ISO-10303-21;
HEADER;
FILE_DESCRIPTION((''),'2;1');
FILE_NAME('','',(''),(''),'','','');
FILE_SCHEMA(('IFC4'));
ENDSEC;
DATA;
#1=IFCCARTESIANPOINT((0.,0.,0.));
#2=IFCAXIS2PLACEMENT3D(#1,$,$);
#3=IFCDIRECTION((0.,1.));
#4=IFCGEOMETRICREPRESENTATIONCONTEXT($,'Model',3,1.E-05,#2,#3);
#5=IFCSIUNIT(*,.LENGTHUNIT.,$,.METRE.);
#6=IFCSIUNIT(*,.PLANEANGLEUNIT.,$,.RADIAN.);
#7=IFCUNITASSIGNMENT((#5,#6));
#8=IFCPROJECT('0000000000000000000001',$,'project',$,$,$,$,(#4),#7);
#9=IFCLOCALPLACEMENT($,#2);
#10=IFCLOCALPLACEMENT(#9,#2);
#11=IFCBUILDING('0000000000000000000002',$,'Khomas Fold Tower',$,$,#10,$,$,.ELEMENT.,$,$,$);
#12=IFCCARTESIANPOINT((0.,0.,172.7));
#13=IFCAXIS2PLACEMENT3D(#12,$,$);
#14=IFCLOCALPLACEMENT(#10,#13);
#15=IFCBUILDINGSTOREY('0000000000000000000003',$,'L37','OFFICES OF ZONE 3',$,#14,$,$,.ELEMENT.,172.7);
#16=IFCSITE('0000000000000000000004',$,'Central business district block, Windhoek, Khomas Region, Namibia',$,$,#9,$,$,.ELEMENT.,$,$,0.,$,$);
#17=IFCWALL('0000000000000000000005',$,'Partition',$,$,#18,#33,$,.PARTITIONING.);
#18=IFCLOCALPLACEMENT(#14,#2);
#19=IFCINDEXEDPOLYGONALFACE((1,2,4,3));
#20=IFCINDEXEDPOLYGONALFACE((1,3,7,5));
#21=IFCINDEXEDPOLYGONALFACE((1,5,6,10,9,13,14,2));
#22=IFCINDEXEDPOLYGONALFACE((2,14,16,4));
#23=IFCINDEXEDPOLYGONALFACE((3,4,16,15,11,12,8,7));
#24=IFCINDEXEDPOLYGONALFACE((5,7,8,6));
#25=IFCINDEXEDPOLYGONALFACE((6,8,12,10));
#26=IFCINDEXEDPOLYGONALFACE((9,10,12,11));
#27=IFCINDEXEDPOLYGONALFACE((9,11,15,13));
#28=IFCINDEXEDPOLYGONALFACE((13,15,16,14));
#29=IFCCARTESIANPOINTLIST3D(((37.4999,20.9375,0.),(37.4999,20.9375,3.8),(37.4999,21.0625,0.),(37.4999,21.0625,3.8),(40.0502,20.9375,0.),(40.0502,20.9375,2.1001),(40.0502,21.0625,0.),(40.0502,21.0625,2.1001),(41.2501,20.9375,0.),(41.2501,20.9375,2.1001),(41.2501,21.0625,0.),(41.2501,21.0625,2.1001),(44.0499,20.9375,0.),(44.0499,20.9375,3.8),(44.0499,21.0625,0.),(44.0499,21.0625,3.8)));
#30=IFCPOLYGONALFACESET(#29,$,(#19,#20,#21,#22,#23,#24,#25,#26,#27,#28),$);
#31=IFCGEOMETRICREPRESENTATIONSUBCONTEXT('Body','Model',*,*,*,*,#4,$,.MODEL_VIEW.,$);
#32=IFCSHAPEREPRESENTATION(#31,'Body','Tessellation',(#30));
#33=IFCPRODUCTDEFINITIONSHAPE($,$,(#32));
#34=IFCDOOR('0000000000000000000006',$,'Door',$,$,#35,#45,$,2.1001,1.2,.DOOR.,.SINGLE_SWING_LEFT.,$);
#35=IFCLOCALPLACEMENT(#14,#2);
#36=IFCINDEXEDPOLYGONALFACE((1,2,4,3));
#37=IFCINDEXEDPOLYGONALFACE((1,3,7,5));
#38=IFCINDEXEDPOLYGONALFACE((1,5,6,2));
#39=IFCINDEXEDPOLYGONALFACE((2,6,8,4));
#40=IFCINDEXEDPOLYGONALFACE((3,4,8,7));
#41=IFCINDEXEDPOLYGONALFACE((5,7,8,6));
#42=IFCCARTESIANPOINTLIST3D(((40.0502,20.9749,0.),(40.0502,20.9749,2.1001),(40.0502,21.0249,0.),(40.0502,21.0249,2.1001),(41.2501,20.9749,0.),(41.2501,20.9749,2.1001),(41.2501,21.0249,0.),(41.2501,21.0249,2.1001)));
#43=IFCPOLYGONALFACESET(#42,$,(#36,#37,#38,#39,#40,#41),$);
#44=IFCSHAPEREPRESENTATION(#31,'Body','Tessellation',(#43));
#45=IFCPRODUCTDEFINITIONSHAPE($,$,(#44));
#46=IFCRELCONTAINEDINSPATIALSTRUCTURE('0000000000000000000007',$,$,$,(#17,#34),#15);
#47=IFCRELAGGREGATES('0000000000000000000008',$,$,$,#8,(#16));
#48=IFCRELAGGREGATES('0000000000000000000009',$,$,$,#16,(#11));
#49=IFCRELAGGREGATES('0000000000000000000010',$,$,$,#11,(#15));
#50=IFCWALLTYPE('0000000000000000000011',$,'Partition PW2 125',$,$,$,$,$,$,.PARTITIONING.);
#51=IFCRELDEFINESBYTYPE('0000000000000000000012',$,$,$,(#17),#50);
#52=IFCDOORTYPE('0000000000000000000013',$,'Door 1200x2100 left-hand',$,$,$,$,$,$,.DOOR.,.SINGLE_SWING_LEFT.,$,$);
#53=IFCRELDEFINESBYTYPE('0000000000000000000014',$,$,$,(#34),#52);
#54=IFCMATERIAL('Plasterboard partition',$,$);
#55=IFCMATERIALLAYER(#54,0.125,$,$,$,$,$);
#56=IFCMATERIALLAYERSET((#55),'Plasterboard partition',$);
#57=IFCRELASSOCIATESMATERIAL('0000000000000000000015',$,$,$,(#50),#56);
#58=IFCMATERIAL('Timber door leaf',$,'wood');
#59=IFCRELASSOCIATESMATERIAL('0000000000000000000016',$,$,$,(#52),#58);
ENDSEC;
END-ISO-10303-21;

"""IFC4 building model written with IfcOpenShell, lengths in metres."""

from ifc_helpers import new_model, si_unit, direction, frame, frame_2d, origin, place, context, subcontext, project, spatial, rectangle, extrude, source, transform, mapped, material, layer, layer_set, type_object, element, fill, save


model = new_model("IFC4")

# Units and contexts
model_context = context("Model", 3, precision=1e-05, world=origin(), true_north=direction((0.0, 1.0)))
body_context = subcontext(model_context, "Body", "Model", "MODEL_VIEW")
ifc_project = project(units=[si_unit("LENGTHUNIT", "METRE"), si_unit("PLANEANGLEUNIT", "RADIAN")], contexts=[model_context])

# Site, building, storey
site_placement = place(None, origin())
site = spatial("IfcSite", under=ifc_project, at=site_placement, Name="Central business district block, Windhoek, Khomas Region, Namibia", CompositionType="ELEMENT", RefElevation=0.0)
building_placement = place(site_placement, origin())
building = spatial("IfcBuilding", under=site, at=building_placement, Name="Khomas Fold Tower", CompositionType="ELEMENT")
storey_placement = place(building_placement, frame((0.0, 0.0, 172.7)))
storey = spatial("IfcBuildingStorey", under=building, at=storey_placement, Name="L37", Description="OFFICES OF ZONE 3", CompositionType="ELEMENT", Elevation=172.7)

# Shared definitions
ifc_material_1 = material(Name="Plasterboard partition")
ifc_layer_1 = layer(ifc_material_1, 0.125)
ifc_layer_set_1 = layer_set([ifc_layer_1], Name="Plasterboard partition")
wall_type_1 = type_object("IfcWallType", Name="Partition PW2 125", PredefinedType="PARTITIONING", material=ifc_layer_set_1)

# Wall, opening, door
shared_shape_1 = source(origin(), body_context, "Body", "SweptSolid", [
    extrude(rectangle(XDim=6.55, YDim=0.125, at=frame_2d((3.2749, 0.0))), origin(), (0.0, 0.0, 1.0), 3.8),
])
wall_1_placement = place(storey_placement, frame((37.5, 21.0, 0.0), z_axis=(0.0, 0.0, 1.0), x_axis=(1.0, 0.0, 0.0)))
wall_1 = element("IfcWall", 1, at=wall_1_placement, inside=storey, type_object=wall_type_1, Name="Partition", PredefinedType="PARTITIONING", context=body_context, shape_type="MappedRepresentation", body=[
    mapped(shared_shape_1, transform((0.0, 0.0, 0.0))),
])
shared_shape_2 = source(origin(), body_context, "Body", "SweptSolid", [
    extrude(rectangle(XDim=1.2, YDim=2.1001, at=frame_2d((0.6001, 1.05))), frame((0.0, 0.0725, 0.0), z_axis=(0.0, -1.0, 0.0), x_axis=(1.0, 0.0, 0.0)), (0.0, 0.0, 1.0), 0.145),
])
opening_1_placement = place(wall_1_placement, frame((2.55, 0.0, 0.0)))
opening_1 = element("IfcOpeningElement", 2, at=opening_1_placement, cuts=wall_1, PredefinedType="OPENING", context=body_context, shape_type="MappedRepresentation", body=[
    mapped(shared_shape_2, transform((0.0, 0.0, 0.0))),
])
ifc_material_2 = material(Name="Timber door leaf", Category="wood")
door_type_1 = type_object("IfcDoorType", Name="Door 1200x2100 left-hand", OperationType="SINGLE_SWING_LEFT", PredefinedType="DOOR", material=ifc_material_2)
shared_shape_3 = source(origin(), body_context, "Body", "SweptSolid", [
    extrude(rectangle(XDim=1.2, YDim=2.1001, at=frame_2d((0.6001, 1.05))), frame((0.0, 0.0249, 0.0), z_axis=(0.0, -1.0, 0.0), x_axis=(1.0, 0.0, 0.0)), (0.0, 0.0, 1.0), 0.05),
])
door_1_placement = place(opening_1_placement, origin())
door_1 = element("IfcDoor", 3, at=door_1_placement, inside=storey, type_object=door_type_1, Name="Door", OperationType="SINGLE_SWING_LEFT", OverallHeight=2.1001, OverallWidth=1.2, PredefinedType="DOOR", context=body_context, shape_type="MappedRepresentation", body=[
    mapped(shared_shape_3, transform((0.0, 0.0, 0.0))),
])
fill(opening_1, door_1)

save(model, "model.ifc")
